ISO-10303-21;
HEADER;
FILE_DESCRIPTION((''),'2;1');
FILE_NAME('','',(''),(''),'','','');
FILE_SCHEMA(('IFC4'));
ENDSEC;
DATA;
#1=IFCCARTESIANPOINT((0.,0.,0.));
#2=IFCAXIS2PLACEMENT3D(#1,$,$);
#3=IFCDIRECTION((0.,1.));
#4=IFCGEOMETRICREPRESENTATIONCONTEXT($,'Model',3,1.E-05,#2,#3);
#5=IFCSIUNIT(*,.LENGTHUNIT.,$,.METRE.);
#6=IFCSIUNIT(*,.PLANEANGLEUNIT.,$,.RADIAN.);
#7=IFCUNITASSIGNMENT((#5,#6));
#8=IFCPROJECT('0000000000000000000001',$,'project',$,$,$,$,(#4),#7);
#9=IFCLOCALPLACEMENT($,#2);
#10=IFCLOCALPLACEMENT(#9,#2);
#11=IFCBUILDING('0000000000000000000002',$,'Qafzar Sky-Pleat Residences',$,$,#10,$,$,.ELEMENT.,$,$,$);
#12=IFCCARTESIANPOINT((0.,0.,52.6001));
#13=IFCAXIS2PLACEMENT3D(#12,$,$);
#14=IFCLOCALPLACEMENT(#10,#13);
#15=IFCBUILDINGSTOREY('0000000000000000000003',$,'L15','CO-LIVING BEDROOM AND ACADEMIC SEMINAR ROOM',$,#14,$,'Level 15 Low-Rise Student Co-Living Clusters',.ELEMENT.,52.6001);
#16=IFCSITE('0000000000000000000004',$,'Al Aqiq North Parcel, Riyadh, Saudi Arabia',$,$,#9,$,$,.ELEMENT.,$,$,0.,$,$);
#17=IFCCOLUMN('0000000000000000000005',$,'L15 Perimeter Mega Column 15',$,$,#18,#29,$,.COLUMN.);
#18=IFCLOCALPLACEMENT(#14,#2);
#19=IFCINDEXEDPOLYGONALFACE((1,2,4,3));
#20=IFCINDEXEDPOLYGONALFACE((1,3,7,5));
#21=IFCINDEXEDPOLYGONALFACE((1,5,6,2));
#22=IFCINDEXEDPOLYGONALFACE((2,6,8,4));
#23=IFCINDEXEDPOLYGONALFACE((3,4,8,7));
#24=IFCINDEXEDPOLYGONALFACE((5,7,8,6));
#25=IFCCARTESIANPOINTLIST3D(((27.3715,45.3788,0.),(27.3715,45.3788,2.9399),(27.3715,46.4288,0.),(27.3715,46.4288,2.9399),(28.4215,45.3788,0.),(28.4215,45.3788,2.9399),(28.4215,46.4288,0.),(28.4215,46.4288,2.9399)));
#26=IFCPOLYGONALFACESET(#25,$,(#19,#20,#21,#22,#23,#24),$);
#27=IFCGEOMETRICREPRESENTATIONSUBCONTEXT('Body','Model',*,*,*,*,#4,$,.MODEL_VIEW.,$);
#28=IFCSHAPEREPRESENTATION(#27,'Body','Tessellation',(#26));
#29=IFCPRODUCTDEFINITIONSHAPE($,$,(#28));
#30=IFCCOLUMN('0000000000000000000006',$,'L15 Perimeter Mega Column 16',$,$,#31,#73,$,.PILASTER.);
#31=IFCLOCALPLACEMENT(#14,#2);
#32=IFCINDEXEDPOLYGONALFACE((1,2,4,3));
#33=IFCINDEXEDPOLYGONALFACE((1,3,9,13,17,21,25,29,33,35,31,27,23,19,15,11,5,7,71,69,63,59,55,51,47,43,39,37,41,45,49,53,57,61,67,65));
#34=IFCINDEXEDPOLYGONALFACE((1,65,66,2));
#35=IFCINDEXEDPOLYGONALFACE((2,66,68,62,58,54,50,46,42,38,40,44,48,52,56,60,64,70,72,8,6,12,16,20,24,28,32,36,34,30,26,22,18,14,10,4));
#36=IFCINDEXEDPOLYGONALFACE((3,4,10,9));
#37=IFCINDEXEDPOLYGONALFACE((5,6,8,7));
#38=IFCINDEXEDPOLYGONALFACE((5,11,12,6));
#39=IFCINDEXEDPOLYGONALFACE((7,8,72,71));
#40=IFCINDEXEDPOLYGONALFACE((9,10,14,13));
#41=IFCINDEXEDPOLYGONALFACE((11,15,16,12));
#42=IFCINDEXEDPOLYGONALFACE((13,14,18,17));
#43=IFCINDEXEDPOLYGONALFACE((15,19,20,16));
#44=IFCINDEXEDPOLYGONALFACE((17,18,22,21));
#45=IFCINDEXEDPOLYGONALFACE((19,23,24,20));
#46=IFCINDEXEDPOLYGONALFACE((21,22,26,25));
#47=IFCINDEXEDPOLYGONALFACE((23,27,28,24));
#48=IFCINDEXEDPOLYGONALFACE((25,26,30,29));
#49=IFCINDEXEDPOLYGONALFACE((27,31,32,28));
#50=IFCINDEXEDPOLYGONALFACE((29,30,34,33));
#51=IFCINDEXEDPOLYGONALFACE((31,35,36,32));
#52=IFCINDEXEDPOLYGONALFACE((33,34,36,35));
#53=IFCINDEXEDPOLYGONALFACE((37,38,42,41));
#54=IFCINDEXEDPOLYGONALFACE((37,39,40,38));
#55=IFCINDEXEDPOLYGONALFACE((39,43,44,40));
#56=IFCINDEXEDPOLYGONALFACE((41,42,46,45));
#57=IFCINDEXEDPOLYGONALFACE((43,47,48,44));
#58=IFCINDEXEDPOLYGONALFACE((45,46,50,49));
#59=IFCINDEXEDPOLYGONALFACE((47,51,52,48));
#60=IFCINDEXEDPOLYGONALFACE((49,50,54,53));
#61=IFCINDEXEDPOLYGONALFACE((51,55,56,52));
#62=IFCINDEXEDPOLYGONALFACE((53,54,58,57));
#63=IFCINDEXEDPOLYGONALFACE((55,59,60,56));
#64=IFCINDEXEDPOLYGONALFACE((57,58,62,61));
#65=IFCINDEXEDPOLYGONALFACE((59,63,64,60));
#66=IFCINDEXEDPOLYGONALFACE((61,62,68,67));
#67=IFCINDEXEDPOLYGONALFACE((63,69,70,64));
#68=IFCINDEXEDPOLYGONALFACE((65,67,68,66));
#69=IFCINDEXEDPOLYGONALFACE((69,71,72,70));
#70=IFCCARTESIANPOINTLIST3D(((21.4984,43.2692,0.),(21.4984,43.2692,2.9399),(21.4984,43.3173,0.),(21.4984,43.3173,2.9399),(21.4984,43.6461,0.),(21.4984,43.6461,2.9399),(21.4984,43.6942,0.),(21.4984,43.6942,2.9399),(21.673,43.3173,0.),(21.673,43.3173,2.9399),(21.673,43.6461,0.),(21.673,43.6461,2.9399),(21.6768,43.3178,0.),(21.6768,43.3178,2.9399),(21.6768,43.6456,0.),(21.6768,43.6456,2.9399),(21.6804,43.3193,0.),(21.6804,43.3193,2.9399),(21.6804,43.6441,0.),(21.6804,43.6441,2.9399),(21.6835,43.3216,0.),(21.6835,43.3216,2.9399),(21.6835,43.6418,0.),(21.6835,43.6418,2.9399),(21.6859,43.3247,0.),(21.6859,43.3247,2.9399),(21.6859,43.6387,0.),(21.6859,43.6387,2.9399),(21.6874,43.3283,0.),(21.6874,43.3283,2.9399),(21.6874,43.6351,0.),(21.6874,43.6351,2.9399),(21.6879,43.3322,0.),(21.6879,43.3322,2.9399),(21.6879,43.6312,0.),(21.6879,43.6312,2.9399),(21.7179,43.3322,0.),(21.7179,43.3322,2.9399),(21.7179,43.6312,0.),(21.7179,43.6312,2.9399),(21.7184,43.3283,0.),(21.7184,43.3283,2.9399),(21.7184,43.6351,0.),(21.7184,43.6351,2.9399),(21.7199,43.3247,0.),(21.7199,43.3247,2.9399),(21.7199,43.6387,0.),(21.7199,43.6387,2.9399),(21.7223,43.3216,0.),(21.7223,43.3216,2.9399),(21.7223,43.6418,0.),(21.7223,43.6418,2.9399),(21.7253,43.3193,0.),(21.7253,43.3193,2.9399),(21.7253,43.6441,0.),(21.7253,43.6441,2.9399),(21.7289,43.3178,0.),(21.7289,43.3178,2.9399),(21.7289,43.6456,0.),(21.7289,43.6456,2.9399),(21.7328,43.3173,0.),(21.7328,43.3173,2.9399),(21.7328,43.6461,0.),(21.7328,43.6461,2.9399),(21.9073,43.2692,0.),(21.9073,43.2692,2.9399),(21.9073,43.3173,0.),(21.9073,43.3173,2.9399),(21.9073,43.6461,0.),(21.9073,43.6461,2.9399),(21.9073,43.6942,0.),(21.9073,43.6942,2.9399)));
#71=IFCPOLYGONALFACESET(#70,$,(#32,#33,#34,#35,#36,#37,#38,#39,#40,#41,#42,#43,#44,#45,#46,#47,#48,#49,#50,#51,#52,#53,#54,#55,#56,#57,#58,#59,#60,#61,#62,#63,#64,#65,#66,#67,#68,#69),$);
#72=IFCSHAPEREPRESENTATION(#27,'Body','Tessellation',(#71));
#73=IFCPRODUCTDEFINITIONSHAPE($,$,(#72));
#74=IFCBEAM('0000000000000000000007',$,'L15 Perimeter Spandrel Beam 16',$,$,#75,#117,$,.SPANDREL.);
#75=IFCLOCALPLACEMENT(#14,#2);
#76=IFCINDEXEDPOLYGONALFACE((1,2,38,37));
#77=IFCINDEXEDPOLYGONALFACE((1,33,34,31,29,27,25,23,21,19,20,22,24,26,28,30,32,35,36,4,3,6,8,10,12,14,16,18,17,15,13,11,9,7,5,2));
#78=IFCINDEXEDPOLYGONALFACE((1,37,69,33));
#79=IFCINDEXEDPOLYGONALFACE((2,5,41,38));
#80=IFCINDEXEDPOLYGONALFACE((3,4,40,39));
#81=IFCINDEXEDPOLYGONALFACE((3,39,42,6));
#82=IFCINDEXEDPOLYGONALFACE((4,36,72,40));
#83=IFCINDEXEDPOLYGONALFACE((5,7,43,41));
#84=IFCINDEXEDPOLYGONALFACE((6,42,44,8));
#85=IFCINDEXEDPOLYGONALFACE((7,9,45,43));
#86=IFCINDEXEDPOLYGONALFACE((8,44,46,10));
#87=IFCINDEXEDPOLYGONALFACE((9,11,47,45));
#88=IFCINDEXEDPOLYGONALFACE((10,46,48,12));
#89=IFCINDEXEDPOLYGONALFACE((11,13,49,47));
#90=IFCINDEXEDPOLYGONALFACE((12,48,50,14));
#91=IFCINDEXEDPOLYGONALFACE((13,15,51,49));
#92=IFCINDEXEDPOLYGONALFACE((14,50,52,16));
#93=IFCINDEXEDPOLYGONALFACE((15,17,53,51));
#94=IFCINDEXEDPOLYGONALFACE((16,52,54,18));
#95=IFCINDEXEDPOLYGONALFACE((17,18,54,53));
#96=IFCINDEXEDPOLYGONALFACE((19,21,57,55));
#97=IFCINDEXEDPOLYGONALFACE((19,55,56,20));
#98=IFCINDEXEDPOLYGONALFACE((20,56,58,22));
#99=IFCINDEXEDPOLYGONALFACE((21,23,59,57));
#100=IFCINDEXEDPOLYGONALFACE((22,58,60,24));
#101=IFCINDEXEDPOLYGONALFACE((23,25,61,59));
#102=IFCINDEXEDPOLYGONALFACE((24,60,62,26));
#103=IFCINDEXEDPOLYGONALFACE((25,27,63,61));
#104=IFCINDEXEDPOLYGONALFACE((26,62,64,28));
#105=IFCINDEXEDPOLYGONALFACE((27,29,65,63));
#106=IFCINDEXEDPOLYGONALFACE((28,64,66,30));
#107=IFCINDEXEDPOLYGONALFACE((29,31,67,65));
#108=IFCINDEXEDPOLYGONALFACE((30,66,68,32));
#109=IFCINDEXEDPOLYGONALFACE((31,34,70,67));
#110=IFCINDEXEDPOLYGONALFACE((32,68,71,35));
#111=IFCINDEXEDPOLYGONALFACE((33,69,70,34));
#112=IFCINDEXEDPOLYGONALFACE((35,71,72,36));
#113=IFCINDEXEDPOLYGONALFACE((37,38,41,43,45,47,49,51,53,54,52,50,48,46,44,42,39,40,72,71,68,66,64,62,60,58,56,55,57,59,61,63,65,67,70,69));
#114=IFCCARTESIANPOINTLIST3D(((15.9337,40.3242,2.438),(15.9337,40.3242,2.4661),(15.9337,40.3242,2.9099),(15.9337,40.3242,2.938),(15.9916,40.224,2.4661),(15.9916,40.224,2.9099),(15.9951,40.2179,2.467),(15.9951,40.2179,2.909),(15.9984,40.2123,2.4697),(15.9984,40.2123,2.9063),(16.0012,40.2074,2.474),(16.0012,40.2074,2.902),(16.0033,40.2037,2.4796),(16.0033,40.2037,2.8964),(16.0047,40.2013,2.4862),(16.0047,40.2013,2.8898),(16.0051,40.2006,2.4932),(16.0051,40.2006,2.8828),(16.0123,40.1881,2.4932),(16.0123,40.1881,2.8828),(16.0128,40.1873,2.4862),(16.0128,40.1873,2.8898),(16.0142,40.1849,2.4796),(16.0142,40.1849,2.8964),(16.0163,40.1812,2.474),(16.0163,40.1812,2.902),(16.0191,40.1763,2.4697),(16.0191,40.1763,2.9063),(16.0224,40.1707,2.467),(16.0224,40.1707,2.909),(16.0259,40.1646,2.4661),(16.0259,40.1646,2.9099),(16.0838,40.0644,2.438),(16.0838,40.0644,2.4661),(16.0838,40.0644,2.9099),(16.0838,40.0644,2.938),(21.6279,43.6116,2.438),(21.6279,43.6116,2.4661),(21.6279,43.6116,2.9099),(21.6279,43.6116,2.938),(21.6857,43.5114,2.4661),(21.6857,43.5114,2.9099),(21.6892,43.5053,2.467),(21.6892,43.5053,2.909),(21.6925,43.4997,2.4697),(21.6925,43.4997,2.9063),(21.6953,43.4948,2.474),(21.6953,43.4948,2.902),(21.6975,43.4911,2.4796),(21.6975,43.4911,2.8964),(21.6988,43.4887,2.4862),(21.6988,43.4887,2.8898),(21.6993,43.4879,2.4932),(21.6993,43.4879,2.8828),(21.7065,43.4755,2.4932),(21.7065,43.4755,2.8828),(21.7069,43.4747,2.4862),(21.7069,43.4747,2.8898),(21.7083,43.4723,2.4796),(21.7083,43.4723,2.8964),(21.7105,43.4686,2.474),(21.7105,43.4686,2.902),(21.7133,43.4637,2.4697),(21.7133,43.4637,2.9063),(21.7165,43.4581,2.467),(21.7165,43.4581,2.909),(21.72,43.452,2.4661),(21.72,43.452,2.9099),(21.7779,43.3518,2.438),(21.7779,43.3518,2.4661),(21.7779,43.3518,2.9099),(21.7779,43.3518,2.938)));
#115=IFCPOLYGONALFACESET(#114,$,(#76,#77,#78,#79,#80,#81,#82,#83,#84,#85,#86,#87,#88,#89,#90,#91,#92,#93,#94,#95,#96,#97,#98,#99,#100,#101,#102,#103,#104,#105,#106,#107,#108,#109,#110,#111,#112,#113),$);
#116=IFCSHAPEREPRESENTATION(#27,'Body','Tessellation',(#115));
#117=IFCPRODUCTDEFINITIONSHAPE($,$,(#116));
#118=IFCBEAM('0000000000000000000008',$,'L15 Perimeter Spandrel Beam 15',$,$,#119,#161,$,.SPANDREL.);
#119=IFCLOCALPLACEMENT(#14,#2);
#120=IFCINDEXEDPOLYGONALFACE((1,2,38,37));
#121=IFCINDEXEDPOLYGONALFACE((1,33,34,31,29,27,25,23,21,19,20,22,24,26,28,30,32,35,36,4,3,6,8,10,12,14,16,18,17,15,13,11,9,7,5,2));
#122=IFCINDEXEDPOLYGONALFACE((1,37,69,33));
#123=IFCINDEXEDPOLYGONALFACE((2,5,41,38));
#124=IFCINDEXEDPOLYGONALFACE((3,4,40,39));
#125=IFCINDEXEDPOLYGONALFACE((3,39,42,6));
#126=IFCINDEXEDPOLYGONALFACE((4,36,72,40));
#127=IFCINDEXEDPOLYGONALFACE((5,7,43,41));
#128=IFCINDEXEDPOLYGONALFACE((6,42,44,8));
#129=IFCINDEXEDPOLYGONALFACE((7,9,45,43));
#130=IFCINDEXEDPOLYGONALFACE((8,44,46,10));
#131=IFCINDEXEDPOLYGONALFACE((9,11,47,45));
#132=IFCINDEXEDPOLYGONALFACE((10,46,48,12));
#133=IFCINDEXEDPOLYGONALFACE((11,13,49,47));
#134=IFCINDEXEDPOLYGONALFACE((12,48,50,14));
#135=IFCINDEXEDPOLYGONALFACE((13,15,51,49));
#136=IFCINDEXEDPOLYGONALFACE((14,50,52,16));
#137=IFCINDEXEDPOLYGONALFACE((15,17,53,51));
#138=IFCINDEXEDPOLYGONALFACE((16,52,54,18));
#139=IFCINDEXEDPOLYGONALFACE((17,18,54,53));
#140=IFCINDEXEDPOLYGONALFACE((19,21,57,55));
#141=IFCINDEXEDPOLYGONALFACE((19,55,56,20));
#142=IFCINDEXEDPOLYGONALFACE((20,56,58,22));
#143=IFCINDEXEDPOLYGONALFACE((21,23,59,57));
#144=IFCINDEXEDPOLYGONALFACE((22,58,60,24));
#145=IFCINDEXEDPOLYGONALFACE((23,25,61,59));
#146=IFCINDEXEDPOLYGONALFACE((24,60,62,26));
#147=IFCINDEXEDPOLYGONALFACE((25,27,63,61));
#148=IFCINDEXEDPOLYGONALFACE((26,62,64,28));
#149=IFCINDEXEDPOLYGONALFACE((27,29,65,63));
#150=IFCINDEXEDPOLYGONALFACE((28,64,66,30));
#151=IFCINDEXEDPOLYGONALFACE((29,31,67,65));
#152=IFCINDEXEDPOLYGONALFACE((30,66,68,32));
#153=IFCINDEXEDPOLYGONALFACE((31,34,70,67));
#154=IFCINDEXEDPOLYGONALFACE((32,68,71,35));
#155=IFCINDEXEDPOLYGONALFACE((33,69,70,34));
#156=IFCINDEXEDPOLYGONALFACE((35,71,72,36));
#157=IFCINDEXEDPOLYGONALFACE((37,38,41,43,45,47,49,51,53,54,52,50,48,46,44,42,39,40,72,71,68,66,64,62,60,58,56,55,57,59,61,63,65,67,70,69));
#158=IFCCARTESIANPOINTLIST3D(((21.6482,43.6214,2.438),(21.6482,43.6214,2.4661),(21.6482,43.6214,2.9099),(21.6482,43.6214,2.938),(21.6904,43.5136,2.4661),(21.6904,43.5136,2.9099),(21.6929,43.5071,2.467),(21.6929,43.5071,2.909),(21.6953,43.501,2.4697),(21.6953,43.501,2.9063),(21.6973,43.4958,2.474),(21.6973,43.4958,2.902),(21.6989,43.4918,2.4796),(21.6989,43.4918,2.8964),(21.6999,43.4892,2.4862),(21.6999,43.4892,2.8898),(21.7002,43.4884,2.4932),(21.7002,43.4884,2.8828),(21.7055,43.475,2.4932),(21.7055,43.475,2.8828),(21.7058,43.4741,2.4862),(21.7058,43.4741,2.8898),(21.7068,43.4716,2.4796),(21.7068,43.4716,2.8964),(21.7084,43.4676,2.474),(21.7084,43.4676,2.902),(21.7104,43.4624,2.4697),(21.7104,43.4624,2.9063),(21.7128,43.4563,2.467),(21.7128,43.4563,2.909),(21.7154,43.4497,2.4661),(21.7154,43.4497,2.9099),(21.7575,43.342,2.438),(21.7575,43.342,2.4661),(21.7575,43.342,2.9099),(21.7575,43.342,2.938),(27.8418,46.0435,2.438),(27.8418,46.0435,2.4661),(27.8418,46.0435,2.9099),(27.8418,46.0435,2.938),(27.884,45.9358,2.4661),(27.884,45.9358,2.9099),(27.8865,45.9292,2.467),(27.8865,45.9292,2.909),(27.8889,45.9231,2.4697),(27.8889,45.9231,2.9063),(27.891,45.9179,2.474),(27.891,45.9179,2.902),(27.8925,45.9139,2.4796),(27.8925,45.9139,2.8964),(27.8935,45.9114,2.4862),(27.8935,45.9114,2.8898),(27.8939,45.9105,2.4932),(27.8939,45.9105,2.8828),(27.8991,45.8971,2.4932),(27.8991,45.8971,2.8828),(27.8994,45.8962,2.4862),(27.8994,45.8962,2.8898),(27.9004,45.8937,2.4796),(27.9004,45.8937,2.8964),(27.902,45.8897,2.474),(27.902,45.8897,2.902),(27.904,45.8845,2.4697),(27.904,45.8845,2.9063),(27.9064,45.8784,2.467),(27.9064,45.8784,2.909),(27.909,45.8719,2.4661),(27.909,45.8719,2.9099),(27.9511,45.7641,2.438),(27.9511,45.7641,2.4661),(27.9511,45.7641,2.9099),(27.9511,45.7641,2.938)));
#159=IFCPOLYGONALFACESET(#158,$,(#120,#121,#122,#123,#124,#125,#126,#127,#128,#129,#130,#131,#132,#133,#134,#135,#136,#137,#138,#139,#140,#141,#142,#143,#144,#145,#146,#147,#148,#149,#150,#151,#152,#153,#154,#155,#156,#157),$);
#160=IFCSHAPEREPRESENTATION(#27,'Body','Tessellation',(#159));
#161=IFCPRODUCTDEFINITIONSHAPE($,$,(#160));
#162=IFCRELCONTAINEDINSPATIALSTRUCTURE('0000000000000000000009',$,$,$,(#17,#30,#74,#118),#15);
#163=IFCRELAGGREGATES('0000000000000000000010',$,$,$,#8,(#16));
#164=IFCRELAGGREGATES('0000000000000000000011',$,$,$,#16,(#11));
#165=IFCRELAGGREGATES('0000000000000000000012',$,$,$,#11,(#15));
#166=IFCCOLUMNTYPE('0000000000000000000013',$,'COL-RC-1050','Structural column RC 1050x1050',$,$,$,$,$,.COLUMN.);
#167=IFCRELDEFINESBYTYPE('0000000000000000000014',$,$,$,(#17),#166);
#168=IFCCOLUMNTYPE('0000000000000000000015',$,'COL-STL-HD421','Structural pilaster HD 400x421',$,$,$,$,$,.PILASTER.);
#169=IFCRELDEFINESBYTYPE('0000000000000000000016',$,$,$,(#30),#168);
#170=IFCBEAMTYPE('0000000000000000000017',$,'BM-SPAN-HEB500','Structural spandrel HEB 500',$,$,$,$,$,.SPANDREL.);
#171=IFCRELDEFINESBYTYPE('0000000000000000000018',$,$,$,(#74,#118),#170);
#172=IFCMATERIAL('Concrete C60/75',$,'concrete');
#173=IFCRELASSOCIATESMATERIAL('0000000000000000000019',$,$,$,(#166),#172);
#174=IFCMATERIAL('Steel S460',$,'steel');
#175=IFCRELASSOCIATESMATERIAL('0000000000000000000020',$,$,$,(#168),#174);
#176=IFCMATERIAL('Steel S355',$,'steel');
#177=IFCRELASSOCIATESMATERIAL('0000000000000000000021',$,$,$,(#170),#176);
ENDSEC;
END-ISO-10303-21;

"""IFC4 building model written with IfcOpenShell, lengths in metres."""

from ifc_helpers import new_model, si_unit, direction, frame, origin, origin_2d, place, context, subcontext, project, spatial, rectangle, i_section, extrude, source, transform, mapped, material, material_profile, profile_set, type_object, element, save


model = new_model("IFC4")

# Units and contexts
model_context = context("Model", 3, precision=1e-05, world=origin(), true_north=direction((0.0, 1.0)))
body_context = subcontext(model_context, "Body", "Model", "MODEL_VIEW")
ifc_project = project(units=[si_unit("LENGTHUNIT", "METRE"), si_unit("PLANEANGLEUNIT", "RADIAN")], contexts=[model_context])

# Site, building, storey
site_placement = place(None, origin())
site = spatial("IfcSite", under=ifc_project, at=site_placement, Name="Al Aqiq North Parcel, Riyadh, Saudi Arabia", CompositionType="ELEMENT", RefElevation=0.0)
building_placement = place(site_placement, origin())
building = spatial("IfcBuilding", under=site, at=building_placement, Name="Qafzar Sky-Pleat Residences", CompositionType="ELEMENT")
storey_placement = place(building_placement, frame((0.0, 0.0, 52.6001)))
storey = spatial("IfcBuildingStorey", under=building, at=storey_placement, Name="L15", Description="CO-LIVING BEDROOM AND ACADEMIC SEMINAR ROOM", LongName="Level 15 Low-Rise Student Co-Living Clusters", CompositionType="ELEMENT", Elevation=52.6001)

# Columns
ifc_material_1 = material(Name="Concrete C60/75", Category="concrete")
ifc_material_profile_1 = material_profile(ifc_material_1, rectangle(XDim=1.05, YDim=1.05, at=origin_2d()), Name="RC 1050x1050")
ifc_profile_set_1 = profile_set([ifc_material_profile_1], Name="Concrete C60/75")
column_type_1 = type_object("IfcColumnType", Name="COL-RC-1050", Description="Structural column RC 1050x1050", PredefinedType="COLUMN", material=ifc_profile_set_1)
shared_shape_1 = source(origin(), body_context, "Body", "SweptSolid", [
    extrude(rectangle(XDim=1.05, YDim=1.05, at=origin_2d()), origin(), (0.0, 0.0, 1.0), 2.9399),
])
column_1_placement = place(storey_placement, frame((27.8965, 45.9038, 0.0), z_axis=(0.0, 0.0, 1.0), x_axis=(1.0, 0.0, 0.0)))
element("IfcColumn", 1, at=column_1_placement, inside=storey, type_object=column_type_1, Name="L15 Perimeter Mega Column 15", PredefinedType="COLUMN", context=body_context, shape_type="MappedRepresentation", body=[
    mapped(shared_shape_1, transform((0.0, 0.0, 0.0), x_axis=(1.0, 0.0, 0.0), y_axis=(0.0, 1.0, 0.0), z_axis=(0.0, 0.0, 1.0), scale=1.0)),
])
ifc_material_2 = material(Name="Steel S460", Category="steel")
ifc_material_profile_2 = material_profile(ifc_material_2, i_section(OverallWidth=0.4089, OverallDepth=0.425, WebThickness=0.03, FlangeThickness=0.0481, FilletRadius=0.0149, at=origin_2d()), Name="HD 400x421")
ifc_profile_set_2 = profile_set([ifc_material_profile_2], Name="Steel S460")
column_type_2 = type_object("IfcColumnType", Name="COL-STL-HD421", Description="Structural pilaster HD 400x421", PredefinedType="PILASTER", material=ifc_profile_set_2)
shared_shape_2 = source(origin(), body_context, "Body", "SweptSolid", [
    extrude(i_section(OverallWidth=0.4089, OverallDepth=0.425, WebThickness=0.03, FlangeThickness=0.0481, FilletRadius=0.0149, at=origin_2d()), origin(), (0.0, 0.0, 1.0), 2.9399),
])
column_2_placement = place(storey_placement, frame((21.7029, 43.4817, 0.0), z_axis=(0.0, 0.0, 1.0), x_axis=(1.0, 0.0, 0.0)))
element("IfcColumn", 2, at=column_2_placement, inside=storey, type_object=column_type_2, Name="L15 Perimeter Mega Column 16", PredefinedType="PILASTER", context=body_context, shape_type="MappedRepresentation", body=[
    mapped(shared_shape_2, transform((0.0, 0.0, 0.0), x_axis=(1.0, 0.0, 0.0), y_axis=(0.0, 1.0, 0.0), z_axis=(0.0, 0.0, 1.0), scale=1.0)),
])

# Beams
ifc_material_3 = material(Name="Steel S355", Category="steel")
ifc_material_profile_3 = material_profile(ifc_material_3, i_section(OverallWidth=0.3, OverallDepth=0.5, WebThickness=0.0144, FlangeThickness=0.0281, FilletRadius=0.0271, at=origin_2d()), Name="HEB 500")
ifc_profile_set_3 = profile_set([ifc_material_profile_3], Name="Steel S355")
beam_type_1 = type_object("IfcBeamType", Name="BM-SPAN-HEB500", Description="Structural spandrel HEB 500", PredefinedType="SPANDREL", material=ifc_profile_set_3)
shared_shape_3 = source(origin(), body_context, "Body", "SweptSolid", [
    extrude(i_section(OverallWidth=0.3, OverallDepth=0.5, WebThickness=0.0144, FlangeThickness=0.0281, FilletRadius=0.0271, at=origin_2d()), origin(), (0.0, 0.0, 1.0), 6.575),
])
beam_1_placement = place(storey_placement, frame((21.7029, 43.4817, 2.688), z_axis=(-0.866034, -0.499985, 0.0), x_axis=(0.499985, -0.866034, 0.0)))
element("IfcBeam", 3, at=beam_1_placement, inside=storey, type_object=beam_type_1, Name="L15 Perimeter Spandrel Beam 16", PredefinedType="SPANDREL", context=body_context, shape_type="MappedRepresentation", body=[
    mapped(shared_shape_3, transform((0.0, 0.0, 0.0), x_axis=(1.0, 0.0, 0.0), y_axis=(0.0, 1.0, 0.0), z_axis=(0.0, 0.0, 1.0), scale=1.0)),
])
shared_shape_4 = source(origin(), body_context, "Body", "SweptSolid", [
    extrude(i_section(OverallWidth=0.3, OverallDepth=0.5, WebThickness=0.0144, FlangeThickness=0.0281, FilletRadius=0.0271, at=origin_2d()), origin(), (0.0, 0.0, 1.0), 6.6504),
])
beam_2_placement = place(storey_placement, frame((27.8965, 45.9038, 2.688), z_axis=(-0.931318, -0.364208, 0.0), x_axis=(0.364208, -0.931318, 0.0)))
element("IfcBeam", 4, at=beam_2_placement, inside=storey, type_object=beam_type_1, Name="L15 Perimeter Spandrel Beam 15", PredefinedType="SPANDREL", context=body_context, shape_type="MappedRepresentation", body=[
    mapped(shared_shape_4, transform((0.0, 0.0, 0.0), x_axis=(1.0, 0.0, 0.0), y_axis=(0.0, 1.0, 0.0), z_axis=(0.0, 0.0, 1.0), scale=1.0)),
])

save(model, "model.ifc")
